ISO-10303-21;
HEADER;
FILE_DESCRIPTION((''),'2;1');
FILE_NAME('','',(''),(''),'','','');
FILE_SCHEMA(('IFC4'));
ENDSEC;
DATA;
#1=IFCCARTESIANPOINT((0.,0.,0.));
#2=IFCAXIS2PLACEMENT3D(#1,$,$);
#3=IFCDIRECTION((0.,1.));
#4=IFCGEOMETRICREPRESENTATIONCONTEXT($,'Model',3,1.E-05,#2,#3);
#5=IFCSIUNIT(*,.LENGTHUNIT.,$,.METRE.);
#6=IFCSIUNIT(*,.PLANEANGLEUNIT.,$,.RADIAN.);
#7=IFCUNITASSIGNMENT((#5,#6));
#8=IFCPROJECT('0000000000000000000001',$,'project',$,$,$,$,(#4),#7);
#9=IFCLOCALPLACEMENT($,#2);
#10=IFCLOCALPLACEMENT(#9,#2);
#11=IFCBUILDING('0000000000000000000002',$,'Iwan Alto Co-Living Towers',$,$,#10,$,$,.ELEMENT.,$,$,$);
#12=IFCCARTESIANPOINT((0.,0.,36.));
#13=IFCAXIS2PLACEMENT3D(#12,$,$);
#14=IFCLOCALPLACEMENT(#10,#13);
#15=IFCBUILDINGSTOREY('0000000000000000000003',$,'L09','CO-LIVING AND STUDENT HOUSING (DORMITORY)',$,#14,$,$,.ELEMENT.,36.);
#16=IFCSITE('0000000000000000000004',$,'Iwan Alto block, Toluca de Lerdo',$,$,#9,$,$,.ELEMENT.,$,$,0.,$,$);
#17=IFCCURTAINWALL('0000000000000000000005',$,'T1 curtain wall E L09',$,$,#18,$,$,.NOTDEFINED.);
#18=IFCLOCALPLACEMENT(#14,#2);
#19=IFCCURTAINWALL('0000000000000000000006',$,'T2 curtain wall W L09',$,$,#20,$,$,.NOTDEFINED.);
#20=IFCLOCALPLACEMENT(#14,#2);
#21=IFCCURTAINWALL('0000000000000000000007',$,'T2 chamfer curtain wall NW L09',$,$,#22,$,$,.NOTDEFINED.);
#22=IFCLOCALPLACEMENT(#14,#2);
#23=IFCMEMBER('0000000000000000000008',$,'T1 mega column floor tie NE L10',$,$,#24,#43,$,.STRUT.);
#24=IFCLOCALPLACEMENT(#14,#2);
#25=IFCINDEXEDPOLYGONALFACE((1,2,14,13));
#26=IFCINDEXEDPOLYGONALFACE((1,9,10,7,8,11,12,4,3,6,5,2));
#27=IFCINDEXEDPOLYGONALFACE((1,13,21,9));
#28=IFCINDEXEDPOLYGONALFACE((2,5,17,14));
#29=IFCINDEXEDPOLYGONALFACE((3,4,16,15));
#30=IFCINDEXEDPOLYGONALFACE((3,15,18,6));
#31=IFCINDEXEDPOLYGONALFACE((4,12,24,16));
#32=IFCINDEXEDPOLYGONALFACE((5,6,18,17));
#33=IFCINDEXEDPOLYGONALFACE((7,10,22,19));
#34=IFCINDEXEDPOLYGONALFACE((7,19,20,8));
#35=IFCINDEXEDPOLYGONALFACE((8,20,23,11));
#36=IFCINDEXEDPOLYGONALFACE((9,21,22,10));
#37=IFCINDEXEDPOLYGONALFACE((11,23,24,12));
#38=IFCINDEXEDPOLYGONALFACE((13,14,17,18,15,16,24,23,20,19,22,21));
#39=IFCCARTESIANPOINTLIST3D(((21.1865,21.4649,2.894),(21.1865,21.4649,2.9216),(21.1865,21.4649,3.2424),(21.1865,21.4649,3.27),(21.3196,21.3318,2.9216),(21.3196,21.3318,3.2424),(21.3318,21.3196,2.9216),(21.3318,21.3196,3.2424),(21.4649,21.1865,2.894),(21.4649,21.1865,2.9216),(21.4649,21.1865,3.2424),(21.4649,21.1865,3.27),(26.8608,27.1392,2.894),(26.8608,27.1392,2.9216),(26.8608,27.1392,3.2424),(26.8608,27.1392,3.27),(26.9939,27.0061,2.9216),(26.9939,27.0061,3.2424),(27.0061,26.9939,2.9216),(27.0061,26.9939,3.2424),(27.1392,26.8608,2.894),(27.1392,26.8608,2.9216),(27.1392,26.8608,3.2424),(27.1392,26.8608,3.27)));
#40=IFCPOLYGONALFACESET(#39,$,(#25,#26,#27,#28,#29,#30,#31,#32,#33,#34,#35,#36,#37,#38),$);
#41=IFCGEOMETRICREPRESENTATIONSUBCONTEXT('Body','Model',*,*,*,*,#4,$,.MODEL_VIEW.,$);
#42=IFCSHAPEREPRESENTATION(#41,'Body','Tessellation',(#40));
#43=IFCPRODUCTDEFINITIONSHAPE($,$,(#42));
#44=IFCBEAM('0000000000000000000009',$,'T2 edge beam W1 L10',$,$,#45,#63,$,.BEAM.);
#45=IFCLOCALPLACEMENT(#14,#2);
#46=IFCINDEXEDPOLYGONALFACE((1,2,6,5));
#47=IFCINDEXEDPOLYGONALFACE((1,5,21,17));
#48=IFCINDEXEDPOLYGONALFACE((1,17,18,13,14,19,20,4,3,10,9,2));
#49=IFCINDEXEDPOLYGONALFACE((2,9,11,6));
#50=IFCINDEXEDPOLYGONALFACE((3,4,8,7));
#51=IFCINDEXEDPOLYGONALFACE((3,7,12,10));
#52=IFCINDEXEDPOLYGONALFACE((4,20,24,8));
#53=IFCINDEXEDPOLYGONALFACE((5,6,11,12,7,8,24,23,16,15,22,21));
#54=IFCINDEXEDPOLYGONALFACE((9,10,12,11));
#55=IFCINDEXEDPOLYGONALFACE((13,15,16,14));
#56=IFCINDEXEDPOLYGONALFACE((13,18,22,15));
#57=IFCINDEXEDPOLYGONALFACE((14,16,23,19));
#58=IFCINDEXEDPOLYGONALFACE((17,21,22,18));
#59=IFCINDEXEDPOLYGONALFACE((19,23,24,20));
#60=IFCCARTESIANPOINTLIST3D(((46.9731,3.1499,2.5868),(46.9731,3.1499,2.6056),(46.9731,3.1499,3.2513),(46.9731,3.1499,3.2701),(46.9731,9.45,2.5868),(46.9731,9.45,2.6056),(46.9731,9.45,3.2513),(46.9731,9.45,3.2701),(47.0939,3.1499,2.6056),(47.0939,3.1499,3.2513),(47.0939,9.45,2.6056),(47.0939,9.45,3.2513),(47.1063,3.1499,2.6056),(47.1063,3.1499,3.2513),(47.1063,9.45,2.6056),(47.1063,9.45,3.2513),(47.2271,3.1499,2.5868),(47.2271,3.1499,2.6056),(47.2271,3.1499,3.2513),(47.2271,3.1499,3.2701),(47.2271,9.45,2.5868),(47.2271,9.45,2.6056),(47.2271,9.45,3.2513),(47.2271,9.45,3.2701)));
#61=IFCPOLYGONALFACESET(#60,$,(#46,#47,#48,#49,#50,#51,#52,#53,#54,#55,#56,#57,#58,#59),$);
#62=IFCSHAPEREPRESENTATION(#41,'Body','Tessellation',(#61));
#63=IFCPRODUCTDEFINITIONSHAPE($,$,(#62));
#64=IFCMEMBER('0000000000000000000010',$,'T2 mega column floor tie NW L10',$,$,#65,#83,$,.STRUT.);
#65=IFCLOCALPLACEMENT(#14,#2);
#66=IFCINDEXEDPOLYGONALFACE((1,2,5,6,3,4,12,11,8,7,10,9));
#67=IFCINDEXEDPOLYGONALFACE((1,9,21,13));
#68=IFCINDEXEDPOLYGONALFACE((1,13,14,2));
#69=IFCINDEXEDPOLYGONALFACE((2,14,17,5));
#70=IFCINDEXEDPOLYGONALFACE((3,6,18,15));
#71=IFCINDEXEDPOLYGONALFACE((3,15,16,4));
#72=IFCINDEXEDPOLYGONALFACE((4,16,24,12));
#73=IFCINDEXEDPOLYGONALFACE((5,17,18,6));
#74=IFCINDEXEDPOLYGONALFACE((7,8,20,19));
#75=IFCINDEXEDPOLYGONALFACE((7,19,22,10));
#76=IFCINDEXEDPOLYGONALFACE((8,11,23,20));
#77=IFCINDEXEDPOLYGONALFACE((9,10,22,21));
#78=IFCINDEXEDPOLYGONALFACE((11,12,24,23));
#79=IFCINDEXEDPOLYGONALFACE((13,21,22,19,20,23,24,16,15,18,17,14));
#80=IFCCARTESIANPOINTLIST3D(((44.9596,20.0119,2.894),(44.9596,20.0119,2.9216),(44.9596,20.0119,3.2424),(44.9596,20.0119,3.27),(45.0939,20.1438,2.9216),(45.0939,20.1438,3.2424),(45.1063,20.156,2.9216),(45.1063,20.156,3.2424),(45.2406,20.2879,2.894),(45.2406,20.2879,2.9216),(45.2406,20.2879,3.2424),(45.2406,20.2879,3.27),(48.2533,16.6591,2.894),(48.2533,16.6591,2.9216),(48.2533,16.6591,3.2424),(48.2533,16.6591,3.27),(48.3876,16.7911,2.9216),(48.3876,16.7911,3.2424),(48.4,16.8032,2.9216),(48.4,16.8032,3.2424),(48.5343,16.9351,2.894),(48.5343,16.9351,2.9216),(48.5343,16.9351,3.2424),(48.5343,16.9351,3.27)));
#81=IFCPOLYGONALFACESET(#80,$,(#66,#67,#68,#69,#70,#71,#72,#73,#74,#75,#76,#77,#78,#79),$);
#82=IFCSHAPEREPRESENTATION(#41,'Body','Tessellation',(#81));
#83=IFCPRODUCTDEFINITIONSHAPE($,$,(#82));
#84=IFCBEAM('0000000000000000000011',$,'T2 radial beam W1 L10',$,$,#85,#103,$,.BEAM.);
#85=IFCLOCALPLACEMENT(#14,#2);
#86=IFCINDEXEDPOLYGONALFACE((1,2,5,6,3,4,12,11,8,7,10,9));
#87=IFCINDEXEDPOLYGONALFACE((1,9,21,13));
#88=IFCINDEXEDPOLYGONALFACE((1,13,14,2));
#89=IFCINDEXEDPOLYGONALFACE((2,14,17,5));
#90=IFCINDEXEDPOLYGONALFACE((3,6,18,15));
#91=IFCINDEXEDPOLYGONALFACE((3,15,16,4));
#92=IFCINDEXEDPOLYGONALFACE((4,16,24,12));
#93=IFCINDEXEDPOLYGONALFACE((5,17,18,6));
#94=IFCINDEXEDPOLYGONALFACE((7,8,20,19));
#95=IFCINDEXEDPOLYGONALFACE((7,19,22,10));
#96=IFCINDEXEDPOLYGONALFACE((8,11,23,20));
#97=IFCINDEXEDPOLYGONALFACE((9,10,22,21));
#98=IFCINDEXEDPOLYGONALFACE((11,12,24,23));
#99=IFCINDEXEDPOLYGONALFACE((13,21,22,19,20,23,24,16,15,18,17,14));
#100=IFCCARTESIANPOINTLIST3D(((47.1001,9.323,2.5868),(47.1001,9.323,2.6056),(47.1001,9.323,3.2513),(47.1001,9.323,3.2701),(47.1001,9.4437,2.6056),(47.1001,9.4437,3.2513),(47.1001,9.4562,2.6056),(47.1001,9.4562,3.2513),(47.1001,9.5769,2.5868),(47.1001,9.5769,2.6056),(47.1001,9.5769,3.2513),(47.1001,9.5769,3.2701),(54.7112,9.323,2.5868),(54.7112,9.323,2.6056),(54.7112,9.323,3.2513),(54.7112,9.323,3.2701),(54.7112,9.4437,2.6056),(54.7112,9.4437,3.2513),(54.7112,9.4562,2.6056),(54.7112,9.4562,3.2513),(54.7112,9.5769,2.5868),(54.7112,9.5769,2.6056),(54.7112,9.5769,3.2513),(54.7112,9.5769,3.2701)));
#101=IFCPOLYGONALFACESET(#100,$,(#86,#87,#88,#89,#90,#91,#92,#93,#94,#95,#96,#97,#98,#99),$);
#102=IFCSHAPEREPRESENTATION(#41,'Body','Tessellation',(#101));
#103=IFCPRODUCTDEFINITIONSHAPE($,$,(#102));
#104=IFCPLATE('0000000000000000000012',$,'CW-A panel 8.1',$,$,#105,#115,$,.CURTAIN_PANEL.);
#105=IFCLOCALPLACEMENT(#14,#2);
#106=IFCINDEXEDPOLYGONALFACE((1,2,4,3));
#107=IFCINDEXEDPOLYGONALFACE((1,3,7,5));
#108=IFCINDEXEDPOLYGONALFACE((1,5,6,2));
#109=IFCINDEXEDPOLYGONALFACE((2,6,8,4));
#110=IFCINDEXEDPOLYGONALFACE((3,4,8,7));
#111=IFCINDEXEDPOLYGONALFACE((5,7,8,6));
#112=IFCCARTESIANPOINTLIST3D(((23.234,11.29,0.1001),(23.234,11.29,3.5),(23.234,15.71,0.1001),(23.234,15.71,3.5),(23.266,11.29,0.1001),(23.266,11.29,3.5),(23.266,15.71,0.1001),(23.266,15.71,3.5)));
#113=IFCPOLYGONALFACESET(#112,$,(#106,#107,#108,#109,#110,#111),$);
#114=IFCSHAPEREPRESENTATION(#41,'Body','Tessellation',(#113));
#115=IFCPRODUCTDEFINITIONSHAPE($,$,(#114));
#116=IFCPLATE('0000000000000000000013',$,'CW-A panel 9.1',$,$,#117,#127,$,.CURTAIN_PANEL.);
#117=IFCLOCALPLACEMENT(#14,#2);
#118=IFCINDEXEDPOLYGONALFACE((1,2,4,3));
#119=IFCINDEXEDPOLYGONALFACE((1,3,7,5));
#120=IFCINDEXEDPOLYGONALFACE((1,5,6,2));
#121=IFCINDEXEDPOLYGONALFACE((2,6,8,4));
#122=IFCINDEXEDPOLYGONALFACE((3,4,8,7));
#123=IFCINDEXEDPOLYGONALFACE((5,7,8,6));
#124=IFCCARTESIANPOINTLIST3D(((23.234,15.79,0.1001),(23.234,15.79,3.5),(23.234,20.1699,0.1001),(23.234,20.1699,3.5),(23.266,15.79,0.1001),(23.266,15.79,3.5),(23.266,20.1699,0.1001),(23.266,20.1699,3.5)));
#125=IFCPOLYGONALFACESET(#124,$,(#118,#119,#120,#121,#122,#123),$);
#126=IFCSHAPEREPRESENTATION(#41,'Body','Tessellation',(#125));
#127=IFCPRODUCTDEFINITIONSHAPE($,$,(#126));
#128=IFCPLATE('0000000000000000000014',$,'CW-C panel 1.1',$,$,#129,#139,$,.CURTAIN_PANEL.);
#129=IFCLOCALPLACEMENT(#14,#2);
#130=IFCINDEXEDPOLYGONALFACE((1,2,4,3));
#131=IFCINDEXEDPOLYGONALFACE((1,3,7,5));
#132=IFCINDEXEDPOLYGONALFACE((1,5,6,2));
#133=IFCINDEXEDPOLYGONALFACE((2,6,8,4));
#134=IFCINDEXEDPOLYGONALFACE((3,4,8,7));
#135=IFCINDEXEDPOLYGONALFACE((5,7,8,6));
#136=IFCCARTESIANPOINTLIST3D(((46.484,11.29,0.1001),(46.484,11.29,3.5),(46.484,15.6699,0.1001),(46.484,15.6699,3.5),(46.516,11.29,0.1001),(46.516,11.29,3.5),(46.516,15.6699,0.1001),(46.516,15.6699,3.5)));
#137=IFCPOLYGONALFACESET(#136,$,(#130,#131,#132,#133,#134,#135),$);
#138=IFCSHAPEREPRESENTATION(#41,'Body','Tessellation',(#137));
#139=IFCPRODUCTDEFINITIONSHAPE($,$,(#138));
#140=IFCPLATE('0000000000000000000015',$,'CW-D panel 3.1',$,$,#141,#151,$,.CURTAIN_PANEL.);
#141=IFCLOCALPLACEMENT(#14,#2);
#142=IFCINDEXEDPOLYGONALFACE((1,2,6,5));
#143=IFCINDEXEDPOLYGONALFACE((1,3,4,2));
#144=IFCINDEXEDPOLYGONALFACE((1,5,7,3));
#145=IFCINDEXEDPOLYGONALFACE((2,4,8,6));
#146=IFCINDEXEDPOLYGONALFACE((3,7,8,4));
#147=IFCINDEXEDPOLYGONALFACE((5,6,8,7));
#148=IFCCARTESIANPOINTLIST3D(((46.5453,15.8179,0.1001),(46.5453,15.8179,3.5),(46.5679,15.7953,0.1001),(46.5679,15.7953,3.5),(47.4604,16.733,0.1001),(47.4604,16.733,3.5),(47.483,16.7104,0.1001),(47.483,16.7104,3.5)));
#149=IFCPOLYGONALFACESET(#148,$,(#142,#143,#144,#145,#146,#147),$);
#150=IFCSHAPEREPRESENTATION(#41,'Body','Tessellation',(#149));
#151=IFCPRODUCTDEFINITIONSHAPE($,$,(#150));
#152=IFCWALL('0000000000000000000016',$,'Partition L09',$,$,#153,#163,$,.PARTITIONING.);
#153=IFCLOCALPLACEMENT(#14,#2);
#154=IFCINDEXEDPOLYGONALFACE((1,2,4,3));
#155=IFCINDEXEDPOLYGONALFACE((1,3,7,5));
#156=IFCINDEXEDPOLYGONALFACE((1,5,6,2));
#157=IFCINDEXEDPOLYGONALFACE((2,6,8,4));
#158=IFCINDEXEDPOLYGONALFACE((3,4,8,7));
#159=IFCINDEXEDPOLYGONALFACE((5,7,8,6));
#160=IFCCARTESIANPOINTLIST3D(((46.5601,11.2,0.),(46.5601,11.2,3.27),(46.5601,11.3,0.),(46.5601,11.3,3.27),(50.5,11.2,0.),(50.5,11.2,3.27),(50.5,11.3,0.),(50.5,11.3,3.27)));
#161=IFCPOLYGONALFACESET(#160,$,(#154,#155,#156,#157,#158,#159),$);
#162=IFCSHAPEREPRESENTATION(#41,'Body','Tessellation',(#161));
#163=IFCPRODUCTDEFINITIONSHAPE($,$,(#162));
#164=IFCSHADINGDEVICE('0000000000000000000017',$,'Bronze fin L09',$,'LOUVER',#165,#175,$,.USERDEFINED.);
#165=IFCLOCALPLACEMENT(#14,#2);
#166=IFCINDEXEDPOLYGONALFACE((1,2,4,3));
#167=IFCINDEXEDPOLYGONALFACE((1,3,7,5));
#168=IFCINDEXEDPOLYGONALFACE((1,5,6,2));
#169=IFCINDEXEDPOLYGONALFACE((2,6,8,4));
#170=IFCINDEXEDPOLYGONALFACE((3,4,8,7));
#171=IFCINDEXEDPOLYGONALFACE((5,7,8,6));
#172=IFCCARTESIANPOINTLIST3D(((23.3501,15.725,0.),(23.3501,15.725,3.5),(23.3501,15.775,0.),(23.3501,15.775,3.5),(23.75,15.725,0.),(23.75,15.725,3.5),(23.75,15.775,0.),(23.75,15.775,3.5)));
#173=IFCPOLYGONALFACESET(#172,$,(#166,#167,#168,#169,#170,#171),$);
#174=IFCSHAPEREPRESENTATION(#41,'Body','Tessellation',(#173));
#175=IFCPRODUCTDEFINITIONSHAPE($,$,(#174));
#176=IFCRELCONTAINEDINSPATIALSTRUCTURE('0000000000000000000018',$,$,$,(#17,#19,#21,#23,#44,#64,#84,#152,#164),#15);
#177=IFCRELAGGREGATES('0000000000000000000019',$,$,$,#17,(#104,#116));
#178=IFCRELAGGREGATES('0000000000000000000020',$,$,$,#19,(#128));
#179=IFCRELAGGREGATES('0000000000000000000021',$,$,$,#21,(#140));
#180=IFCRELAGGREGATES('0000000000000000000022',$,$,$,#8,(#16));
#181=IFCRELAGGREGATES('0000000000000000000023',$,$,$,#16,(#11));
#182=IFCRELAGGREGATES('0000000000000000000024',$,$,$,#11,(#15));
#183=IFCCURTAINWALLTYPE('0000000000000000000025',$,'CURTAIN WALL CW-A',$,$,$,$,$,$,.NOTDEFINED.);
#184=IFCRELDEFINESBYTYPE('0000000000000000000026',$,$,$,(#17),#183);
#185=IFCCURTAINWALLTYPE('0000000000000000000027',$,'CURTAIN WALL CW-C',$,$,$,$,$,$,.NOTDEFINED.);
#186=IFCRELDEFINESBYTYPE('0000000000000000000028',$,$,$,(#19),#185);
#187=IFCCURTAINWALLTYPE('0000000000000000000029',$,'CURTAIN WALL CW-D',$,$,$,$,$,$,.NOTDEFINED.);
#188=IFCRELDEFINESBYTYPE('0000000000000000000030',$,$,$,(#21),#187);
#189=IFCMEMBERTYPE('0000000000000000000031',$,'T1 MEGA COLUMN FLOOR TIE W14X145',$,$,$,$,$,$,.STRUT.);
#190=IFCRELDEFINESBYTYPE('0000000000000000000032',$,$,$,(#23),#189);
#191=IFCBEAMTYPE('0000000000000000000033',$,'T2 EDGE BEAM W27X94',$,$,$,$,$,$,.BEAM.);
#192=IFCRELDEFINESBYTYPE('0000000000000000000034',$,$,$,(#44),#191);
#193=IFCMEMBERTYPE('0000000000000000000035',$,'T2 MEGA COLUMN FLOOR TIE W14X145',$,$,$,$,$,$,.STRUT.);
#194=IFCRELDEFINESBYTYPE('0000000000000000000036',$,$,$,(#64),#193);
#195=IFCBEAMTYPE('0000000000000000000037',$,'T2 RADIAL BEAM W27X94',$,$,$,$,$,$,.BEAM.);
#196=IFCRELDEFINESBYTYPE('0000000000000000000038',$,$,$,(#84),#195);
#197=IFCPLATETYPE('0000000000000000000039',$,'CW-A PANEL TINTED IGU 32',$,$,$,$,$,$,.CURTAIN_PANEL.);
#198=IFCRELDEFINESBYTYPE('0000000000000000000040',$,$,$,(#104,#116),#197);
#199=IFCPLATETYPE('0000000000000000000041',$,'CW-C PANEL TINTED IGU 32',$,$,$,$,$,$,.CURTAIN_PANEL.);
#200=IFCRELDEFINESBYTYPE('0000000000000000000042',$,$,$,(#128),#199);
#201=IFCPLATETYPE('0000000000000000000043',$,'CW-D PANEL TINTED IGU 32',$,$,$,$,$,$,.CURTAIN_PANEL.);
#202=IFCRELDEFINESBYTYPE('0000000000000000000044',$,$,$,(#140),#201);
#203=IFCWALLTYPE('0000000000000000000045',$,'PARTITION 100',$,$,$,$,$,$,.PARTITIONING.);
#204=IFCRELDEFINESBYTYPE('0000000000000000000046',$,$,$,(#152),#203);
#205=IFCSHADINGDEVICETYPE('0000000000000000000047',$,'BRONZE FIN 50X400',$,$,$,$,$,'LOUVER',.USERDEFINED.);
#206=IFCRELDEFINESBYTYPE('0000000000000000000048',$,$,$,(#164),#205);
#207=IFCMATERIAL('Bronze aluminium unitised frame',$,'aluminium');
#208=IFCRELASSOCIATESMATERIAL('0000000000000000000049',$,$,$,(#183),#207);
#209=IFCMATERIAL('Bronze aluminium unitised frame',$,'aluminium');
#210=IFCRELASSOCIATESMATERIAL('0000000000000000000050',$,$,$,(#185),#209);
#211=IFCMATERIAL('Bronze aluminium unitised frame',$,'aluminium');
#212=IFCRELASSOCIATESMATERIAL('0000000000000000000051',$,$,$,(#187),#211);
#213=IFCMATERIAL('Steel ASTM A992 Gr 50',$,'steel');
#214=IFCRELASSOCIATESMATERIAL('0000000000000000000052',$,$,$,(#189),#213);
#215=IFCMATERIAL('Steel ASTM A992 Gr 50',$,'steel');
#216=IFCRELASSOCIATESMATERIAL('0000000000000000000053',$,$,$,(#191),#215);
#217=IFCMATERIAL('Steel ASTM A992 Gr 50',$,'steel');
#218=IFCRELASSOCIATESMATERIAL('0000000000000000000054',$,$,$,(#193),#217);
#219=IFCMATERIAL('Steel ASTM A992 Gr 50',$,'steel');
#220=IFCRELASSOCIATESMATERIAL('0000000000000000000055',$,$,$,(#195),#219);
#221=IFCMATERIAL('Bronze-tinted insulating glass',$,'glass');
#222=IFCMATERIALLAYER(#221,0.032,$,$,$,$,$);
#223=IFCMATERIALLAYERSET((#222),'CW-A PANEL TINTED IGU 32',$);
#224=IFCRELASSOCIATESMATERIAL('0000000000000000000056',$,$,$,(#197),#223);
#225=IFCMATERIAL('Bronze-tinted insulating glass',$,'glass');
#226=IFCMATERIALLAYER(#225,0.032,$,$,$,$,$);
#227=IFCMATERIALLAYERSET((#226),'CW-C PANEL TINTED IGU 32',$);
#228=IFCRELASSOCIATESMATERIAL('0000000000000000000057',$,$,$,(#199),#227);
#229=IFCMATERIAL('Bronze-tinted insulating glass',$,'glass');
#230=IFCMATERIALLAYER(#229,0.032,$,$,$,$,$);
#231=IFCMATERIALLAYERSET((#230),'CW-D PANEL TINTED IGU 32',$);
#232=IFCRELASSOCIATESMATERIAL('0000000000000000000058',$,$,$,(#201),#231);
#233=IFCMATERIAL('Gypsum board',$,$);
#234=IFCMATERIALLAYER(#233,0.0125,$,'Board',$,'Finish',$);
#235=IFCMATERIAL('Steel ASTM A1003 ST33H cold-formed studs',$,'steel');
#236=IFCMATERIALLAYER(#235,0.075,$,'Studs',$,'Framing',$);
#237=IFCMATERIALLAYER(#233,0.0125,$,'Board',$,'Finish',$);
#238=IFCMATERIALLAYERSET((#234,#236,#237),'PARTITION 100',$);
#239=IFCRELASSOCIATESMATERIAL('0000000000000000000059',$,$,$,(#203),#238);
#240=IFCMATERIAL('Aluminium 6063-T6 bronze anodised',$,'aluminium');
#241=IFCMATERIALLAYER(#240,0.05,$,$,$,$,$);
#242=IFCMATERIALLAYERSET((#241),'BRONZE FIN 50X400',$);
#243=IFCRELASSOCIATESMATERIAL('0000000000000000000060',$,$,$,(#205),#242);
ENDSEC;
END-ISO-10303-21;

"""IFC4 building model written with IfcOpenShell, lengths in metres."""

from ifc_helpers import new_model, si_unit, direction, frame, frame_2d, origin, origin_2d, place, context, subcontext, project, spatial, rectangle, i_section, extrude, material, layer, layer_set, material_profile, profile_set, type_object, element, aggregate, save


model = new_model("IFC4")

# Units and contexts
model_context = context("Model", 3, precision=1e-05, world=origin(), true_north=direction((0.0, 1.0)))
body_context = subcontext(model_context, "Body", "Model", "MODEL_VIEW")
ifc_project = project(units=[si_unit("LENGTHUNIT", "METRE"), si_unit("PLANEANGLEUNIT", "RADIAN")], contexts=[model_context])

# Site, building, storey
site_placement = place(None, origin())
site = spatial("IfcSite", under=ifc_project, at=site_placement, Name="Iwan Alto block, Toluca de Lerdo", CompositionType="ELEMENT", RefElevation=0.0)
building_placement = place(site_placement, origin())
building = spatial("IfcBuilding", under=site, at=building_placement, Name="Iwan Alto Co-Living Towers", CompositionType="ELEMENT")
storey_placement = place(building_placement, frame((0.0, 0.0, 36.0)))
storey = spatial("IfcBuildingStorey", under=building, at=storey_placement, Name="L09", Description="CO-LIVING AND STUDENT HOUSING (DORMITORY)", CompositionType="ELEMENT", Elevation=36.0)

# Curtain walls
ifc_material_1 = material(Name="Bronze aluminium unitised frame", Category="aluminium")
curtain_wall_type_1 = type_object("IfcCurtainWallType", Name="CURTAIN WALL CW-A", PredefinedType="NOTDEFINED", material=ifc_material_1)
curtain_wall_1_placement = place(storey_placement, origin())
curtain_wall_1 = element("IfcCurtainWall", 1, at=curtain_wall_1_placement, inside=storey, type_object=curtain_wall_type_1, Name="T1 curtain wall E L09", PredefinedType="NOTDEFINED")
ifc_material_2 = material(Name="Bronze aluminium unitised frame", Category="aluminium")
curtain_wall_type_2 = type_object("IfcCurtainWallType", Name="CURTAIN WALL CW-C", PredefinedType="NOTDEFINED", material=ifc_material_2)
curtain_wall_2_placement = place(storey_placement, origin())
curtain_wall_2 = element("IfcCurtainWall", 2, at=curtain_wall_2_placement, inside=storey, type_object=curtain_wall_type_2, Name="T2 curtain wall W L09", PredefinedType="NOTDEFINED")

# Curtain wall
ifc_material_3 = material(Name="Bronze aluminium unitised frame", Category="aluminium")
curtain_wall_type_3 = type_object("IfcCurtainWallType", Name="CURTAIN WALL CW-D", PredefinedType="NOTDEFINED", material=ifc_material_3)
curtain_wall_3_placement = place(storey_placement, origin())
curtain_wall_3 = element("IfcCurtainWall", 3, at=curtain_wall_3_placement, inside=storey, type_object=curtain_wall_type_3, Name="T2 chamfer curtain wall NW L09", PredefinedType="NOTDEFINED")

# Member
ifc_material_4 = material(Name="Steel ASTM A992 Gr 50", Category="steel")
ifc_material_profile_1 = material_profile(ifc_material_4, i_section(OverallWidth=0.3938, OverallDepth=0.376, WebThickness=0.0173, FlangeThickness=0.0276, at=origin_2d()), Name="W14X145")
ifc_profile_set_1 = profile_set([ifc_material_profile_1], Name="Steel ASTM A992 Gr 50")
member_type_1 = type_object("IfcMemberType", Name="T1 MEGA COLUMN FLOOR TIE W14X145", PredefinedType="STRUT", material=ifc_profile_set_1)
member_1_placement = place(storey_placement, frame((27.0, 27.0, 3.082), z_axis=(-0.707107, -0.707107, 0.0), x_axis=(0.707107, -0.707107, 0.0)))
element("IfcMember", 4, at=member_1_placement, inside=storey, type_object=member_type_1, Name="T1 mega column floor tie NE L10", PredefinedType="STRUT", context=body_context, shape_type="SweptSolid", body=[
    extrude(i_section(OverallWidth=0.3938, OverallDepth=0.376, WebThickness=0.0173, FlangeThickness=0.0276, at=origin_2d()), origin(), (0.0, 0.0, 1.0), 8.0247),
])

# Beam
ifc_material_5 = material(Name="Steel ASTM A992 Gr 50", Category="steel")
ifc_material_profile_2 = material_profile(ifc_material_5, i_section(OverallWidth=0.2539, OverallDepth=0.6833, WebThickness=0.0125, FlangeThickness=0.0188, at=origin_2d()), Name="W27X94")
ifc_profile_set_2 = profile_set([ifc_material_profile_2], Name="Steel ASTM A992 Gr 50")
beam_type_1 = type_object("IfcBeamType", Name="T2 EDGE BEAM W27X94", PredefinedType="BEAM", material=ifc_profile_set_2)
beam_1_placement = place(storey_placement, frame((47.1001, 9.45, 2.9285), z_axis=(0.0, -1.0, 0.0), x_axis=(1.0, 0.0, 0.0)))
element("IfcBeam", 5, at=beam_1_placement, inside=storey, type_object=beam_type_1, Name="T2 edge beam W1 L10", PredefinedType="BEAM", context=body_context, shape_type="SweptSolid", body=[
    extrude(i_section(OverallWidth=0.2539, OverallDepth=0.6833, WebThickness=0.0125, FlangeThickness=0.0188, at=origin_2d()), origin(), (0.0, 0.0, 1.0), 6.3),
])

# Member
ifc_material_6 = material(Name="Steel ASTM A992 Gr 50", Category="steel")
ifc_material_profile_3 = material_profile(ifc_material_6, i_section(OverallWidth=0.3938, OverallDepth=0.376, WebThickness=0.0173, FlangeThickness=0.0276, at=origin_2d()), Name="W14X145")
ifc_profile_set_3 = profile_set([ifc_material_profile_3], Name="Steel ASTM A992 Gr 50")
member_type_2 = type_object("IfcMemberType", Name="T2 MEGA COLUMN FLOOR TIE W14X145", PredefinedType="STRUT", material=ifc_profile_set_3)
member_2_placement = place(storey_placement, frame((45.1001, 20.1499, 3.082), z_axis=(0.700793, -0.713364, 0.0), x_axis=(0.713364, 0.700793, 0.0)))
element("IfcMember", 6, at=member_2_placement, inside=storey, type_object=member_type_2, Name="T2 mega column floor tie NW L10", PredefinedType="STRUT", context=body_context, shape_type="SweptSolid", body=[
    extrude(i_section(OverallWidth=0.3938, OverallDepth=0.376, WebThickness=0.0173, FlangeThickness=0.0276, at=origin_2d()), origin(), (0.0, 0.0, 1.0), 4.7),
])

# Beam
ifc_material_7 = material(Name="Steel ASTM A992 Gr 50", Category="steel")
ifc_material_profile_4 = material_profile(ifc_material_7, i_section(OverallWidth=0.2539, OverallDepth=0.6833, WebThickness=0.0125, FlangeThickness=0.0188, at=origin_2d()), Name="W27X94")
ifc_profile_set_4 = profile_set([ifc_material_profile_4], Name="Steel ASTM A992 Gr 50")
beam_type_2 = type_object("IfcBeamType", Name="T2 RADIAL BEAM W27X94", PredefinedType="BEAM", material=ifc_profile_set_4)
beam_2_placement = place(storey_placement, frame((47.1001, 9.45, 2.9285), z_axis=(1.0, 0.0, 0.0), x_axis=(0.0, 1.0, 0.0)))
element("IfcBeam", 7, at=beam_2_placement, inside=storey, type_object=beam_type_2, Name="T2 radial beam W1 L10", PredefinedType="BEAM", context=body_context, shape_type="SweptSolid", body=[
    extrude(i_section(OverallWidth=0.2539, OverallDepth=0.6833, WebThickness=0.0125, FlangeThickness=0.0188, at=origin_2d()), origin(), (0.0, 0.0, 1.0), 7.6111),
])

# Plates
ifc_material_8 = material(Name="Bronze-tinted insulating glass", Category="glass")
ifc_layer_1 = layer(ifc_material_8, 0.032)
ifc_layer_set_1 = layer_set([ifc_layer_1], Name="CW-A PANEL TINTED IGU 32")
plate_type_1 = type_object("IfcPlateType", Name="CW-A PANEL TINTED IGU 32", PredefinedType="CURTAIN_PANEL", material=ifc_layer_set_1)
plate_1_placement = place(storey_placement, frame((23.25, 13.5, 0.1001), z_axis=(0.0, 0.0, 1.0), x_axis=(0.0, 1.0, 0.0)))
plate_1 = element("IfcPlate", 8, at=plate_1_placement, type_object=plate_type_1, Name="CW-A panel 8.1", PredefinedType="CURTAIN_PANEL", context=body_context, shape_type="SweptSolid", body=[
    extrude(rectangle(XDim=4.4199, YDim=0.032, at=origin_2d()), origin(), (0.0, 0.0, 1.0), 3.3999),
])
plate_2_placement = place(storey_placement, frame((23.25, 17.98, 0.1001), z_axis=(0.0, 0.0, 1.0), x_axis=(0.0, 1.0, 0.0)))
plate_2 = element("IfcPlate", 9, at=plate_2_placement, type_object=plate_type_1, Name="CW-A panel 9.1", PredefinedType="CURTAIN_PANEL", context=body_context, shape_type="SweptSolid", body=[
    extrude(rectangle(XDim=4.3799, YDim=0.032, at=origin_2d()), origin(), (0.0, 0.0, 1.0), 3.3999),
])
aggregate(curtain_wall_1, [plate_1, plate_2])
ifc_material_9 = material(Name="Bronze-tinted insulating glass", Category="glass")
ifc_layer_2 = layer(ifc_material_9, 0.032)
ifc_layer_set_2 = layer_set([ifc_layer_2], Name="CW-C PANEL TINTED IGU 32")
plate_type_2 = type_object("IfcPlateType", Name="CW-C PANEL TINTED IGU 32", PredefinedType="CURTAIN_PANEL", material=ifc_layer_set_2)
plate_3_placement = place(storey_placement, frame((46.5, 13.48, 0.1001), z_axis=(0.0, 0.0, 1.0), x_axis=(0.0, -1.0, 0.0)))
plate_3 = element("IfcPlate", 10, at=plate_3_placement, type_object=plate_type_2, Name="CW-C panel 1.1", PredefinedType="CURTAIN_PANEL", context=body_context, shape_type="SweptSolid", body=[
    extrude(rectangle(XDim=4.3799, YDim=0.032, at=origin_2d()), origin(), (0.0, 0.0, 1.0), 3.3999),
])
aggregate(curtain_wall_2, [plate_3])
ifc_material_10 = material(Name="Bronze-tinted insulating glass", Category="glass")
ifc_layer_3 = layer(ifc_material_10, 0.032)
ifc_layer_set_3 = layer_set([ifc_layer_3], Name="CW-D PANEL TINTED IGU 32")
plate_type_3 = type_object("IfcPlateType", Name="CW-D PANEL TINTED IGU 32", PredefinedType="CURTAIN_PANEL", material=ifc_layer_set_3)
plate_4_placement = place(storey_placement, frame((47.0142, 16.2642, 0.1001), z_axis=(0.0, 0.0, 1.0), x_axis=(-0.707107, -0.707107, 0.0)))
plate_4 = element("IfcPlate", 11, at=plate_4_placement, type_object=plate_type_3, Name="CW-D panel 3.1", PredefinedType="CURTAIN_PANEL", context=body_context, shape_type="SweptSolid", body=[
    extrude(rectangle(XDim=1.2942, YDim=0.032, at=origin_2d()), origin(), (0.0, 0.0, 1.0), 3.3999),
])
aggregate(curtain_wall_3, [plate_4])

# Wall
ifc_material_11 = material(Name="Gypsum board")
ifc_layer_4 = layer(ifc_material_11, 0.0125, Name="Board", Category="Finish")
ifc_material_12 = material(Name="Steel ASTM A1003 ST33H cold-formed studs", Category="steel")
ifc_layer_5 = layer(ifc_material_12, 0.075, Name="Studs", Category="Framing")
ifc_layer_6 = layer(ifc_material_11, 0.0125, Name="Board", Category="Finish")
ifc_layer_set_4 = layer_set([ifc_layer_4, ifc_layer_5, ifc_layer_6], Name="PARTITION 100")
wall_type = type_object("IfcWallType", Name="PARTITION 100", PredefinedType="PARTITIONING", material=ifc_layer_set_4)
wall_placement = place(storey_placement, frame((46.5601, 11.25, 0.0), z_axis=(0.0, 0.0, 1.0), x_axis=(1.0, 0.0, 0.0)))
element("IfcWall", 12, at=wall_placement, inside=storey, type_object=wall_type, Name="Partition L09", PredefinedType="PARTITIONING", context=body_context, shape_type="SweptSolid", body=[
    extrude(rectangle(XDim=3.9399, YDim=0.1001, at=frame_2d((1.97, 0.0))), origin(), (0.0, 0.0, 1.0), 3.27),
])

# Shading device
ifc_material_13 = material(Name="Aluminium 6063-T6 bronze anodised", Category="aluminium")
ifc_layer_7 = layer(ifc_material_13, 0.05)
ifc_layer_set_5 = layer_set([ifc_layer_7], Name="BRONZE FIN 50X400")
shading_device_type = type_object("IfcShadingDeviceType", Name="BRONZE FIN 50X400", ElementType="LOUVER", PredefinedType="USERDEFINED", material=ifc_layer_set_5)
shading_device_placement = place(storey_placement, frame((23.55, 15.75, 0.0), z_axis=(0.0, 0.0, 1.0), x_axis=(0.0, 1.0, 0.0)))
element("IfcShadingDevice", 13, at=shading_device_placement, inside=storey, type_object=shading_device_type, Name="Bronze fin L09", ObjectType="LOUVER", PredefinedType="USERDEFINED", context=body_context, shape_type="SweptSolid", body=[
    extrude(rectangle(XDim=0.05, YDim=0.3999, at=origin_2d()), origin(), (0.0, 0.0, 1.0), 3.5),
])

save(model, "model.ifc")
